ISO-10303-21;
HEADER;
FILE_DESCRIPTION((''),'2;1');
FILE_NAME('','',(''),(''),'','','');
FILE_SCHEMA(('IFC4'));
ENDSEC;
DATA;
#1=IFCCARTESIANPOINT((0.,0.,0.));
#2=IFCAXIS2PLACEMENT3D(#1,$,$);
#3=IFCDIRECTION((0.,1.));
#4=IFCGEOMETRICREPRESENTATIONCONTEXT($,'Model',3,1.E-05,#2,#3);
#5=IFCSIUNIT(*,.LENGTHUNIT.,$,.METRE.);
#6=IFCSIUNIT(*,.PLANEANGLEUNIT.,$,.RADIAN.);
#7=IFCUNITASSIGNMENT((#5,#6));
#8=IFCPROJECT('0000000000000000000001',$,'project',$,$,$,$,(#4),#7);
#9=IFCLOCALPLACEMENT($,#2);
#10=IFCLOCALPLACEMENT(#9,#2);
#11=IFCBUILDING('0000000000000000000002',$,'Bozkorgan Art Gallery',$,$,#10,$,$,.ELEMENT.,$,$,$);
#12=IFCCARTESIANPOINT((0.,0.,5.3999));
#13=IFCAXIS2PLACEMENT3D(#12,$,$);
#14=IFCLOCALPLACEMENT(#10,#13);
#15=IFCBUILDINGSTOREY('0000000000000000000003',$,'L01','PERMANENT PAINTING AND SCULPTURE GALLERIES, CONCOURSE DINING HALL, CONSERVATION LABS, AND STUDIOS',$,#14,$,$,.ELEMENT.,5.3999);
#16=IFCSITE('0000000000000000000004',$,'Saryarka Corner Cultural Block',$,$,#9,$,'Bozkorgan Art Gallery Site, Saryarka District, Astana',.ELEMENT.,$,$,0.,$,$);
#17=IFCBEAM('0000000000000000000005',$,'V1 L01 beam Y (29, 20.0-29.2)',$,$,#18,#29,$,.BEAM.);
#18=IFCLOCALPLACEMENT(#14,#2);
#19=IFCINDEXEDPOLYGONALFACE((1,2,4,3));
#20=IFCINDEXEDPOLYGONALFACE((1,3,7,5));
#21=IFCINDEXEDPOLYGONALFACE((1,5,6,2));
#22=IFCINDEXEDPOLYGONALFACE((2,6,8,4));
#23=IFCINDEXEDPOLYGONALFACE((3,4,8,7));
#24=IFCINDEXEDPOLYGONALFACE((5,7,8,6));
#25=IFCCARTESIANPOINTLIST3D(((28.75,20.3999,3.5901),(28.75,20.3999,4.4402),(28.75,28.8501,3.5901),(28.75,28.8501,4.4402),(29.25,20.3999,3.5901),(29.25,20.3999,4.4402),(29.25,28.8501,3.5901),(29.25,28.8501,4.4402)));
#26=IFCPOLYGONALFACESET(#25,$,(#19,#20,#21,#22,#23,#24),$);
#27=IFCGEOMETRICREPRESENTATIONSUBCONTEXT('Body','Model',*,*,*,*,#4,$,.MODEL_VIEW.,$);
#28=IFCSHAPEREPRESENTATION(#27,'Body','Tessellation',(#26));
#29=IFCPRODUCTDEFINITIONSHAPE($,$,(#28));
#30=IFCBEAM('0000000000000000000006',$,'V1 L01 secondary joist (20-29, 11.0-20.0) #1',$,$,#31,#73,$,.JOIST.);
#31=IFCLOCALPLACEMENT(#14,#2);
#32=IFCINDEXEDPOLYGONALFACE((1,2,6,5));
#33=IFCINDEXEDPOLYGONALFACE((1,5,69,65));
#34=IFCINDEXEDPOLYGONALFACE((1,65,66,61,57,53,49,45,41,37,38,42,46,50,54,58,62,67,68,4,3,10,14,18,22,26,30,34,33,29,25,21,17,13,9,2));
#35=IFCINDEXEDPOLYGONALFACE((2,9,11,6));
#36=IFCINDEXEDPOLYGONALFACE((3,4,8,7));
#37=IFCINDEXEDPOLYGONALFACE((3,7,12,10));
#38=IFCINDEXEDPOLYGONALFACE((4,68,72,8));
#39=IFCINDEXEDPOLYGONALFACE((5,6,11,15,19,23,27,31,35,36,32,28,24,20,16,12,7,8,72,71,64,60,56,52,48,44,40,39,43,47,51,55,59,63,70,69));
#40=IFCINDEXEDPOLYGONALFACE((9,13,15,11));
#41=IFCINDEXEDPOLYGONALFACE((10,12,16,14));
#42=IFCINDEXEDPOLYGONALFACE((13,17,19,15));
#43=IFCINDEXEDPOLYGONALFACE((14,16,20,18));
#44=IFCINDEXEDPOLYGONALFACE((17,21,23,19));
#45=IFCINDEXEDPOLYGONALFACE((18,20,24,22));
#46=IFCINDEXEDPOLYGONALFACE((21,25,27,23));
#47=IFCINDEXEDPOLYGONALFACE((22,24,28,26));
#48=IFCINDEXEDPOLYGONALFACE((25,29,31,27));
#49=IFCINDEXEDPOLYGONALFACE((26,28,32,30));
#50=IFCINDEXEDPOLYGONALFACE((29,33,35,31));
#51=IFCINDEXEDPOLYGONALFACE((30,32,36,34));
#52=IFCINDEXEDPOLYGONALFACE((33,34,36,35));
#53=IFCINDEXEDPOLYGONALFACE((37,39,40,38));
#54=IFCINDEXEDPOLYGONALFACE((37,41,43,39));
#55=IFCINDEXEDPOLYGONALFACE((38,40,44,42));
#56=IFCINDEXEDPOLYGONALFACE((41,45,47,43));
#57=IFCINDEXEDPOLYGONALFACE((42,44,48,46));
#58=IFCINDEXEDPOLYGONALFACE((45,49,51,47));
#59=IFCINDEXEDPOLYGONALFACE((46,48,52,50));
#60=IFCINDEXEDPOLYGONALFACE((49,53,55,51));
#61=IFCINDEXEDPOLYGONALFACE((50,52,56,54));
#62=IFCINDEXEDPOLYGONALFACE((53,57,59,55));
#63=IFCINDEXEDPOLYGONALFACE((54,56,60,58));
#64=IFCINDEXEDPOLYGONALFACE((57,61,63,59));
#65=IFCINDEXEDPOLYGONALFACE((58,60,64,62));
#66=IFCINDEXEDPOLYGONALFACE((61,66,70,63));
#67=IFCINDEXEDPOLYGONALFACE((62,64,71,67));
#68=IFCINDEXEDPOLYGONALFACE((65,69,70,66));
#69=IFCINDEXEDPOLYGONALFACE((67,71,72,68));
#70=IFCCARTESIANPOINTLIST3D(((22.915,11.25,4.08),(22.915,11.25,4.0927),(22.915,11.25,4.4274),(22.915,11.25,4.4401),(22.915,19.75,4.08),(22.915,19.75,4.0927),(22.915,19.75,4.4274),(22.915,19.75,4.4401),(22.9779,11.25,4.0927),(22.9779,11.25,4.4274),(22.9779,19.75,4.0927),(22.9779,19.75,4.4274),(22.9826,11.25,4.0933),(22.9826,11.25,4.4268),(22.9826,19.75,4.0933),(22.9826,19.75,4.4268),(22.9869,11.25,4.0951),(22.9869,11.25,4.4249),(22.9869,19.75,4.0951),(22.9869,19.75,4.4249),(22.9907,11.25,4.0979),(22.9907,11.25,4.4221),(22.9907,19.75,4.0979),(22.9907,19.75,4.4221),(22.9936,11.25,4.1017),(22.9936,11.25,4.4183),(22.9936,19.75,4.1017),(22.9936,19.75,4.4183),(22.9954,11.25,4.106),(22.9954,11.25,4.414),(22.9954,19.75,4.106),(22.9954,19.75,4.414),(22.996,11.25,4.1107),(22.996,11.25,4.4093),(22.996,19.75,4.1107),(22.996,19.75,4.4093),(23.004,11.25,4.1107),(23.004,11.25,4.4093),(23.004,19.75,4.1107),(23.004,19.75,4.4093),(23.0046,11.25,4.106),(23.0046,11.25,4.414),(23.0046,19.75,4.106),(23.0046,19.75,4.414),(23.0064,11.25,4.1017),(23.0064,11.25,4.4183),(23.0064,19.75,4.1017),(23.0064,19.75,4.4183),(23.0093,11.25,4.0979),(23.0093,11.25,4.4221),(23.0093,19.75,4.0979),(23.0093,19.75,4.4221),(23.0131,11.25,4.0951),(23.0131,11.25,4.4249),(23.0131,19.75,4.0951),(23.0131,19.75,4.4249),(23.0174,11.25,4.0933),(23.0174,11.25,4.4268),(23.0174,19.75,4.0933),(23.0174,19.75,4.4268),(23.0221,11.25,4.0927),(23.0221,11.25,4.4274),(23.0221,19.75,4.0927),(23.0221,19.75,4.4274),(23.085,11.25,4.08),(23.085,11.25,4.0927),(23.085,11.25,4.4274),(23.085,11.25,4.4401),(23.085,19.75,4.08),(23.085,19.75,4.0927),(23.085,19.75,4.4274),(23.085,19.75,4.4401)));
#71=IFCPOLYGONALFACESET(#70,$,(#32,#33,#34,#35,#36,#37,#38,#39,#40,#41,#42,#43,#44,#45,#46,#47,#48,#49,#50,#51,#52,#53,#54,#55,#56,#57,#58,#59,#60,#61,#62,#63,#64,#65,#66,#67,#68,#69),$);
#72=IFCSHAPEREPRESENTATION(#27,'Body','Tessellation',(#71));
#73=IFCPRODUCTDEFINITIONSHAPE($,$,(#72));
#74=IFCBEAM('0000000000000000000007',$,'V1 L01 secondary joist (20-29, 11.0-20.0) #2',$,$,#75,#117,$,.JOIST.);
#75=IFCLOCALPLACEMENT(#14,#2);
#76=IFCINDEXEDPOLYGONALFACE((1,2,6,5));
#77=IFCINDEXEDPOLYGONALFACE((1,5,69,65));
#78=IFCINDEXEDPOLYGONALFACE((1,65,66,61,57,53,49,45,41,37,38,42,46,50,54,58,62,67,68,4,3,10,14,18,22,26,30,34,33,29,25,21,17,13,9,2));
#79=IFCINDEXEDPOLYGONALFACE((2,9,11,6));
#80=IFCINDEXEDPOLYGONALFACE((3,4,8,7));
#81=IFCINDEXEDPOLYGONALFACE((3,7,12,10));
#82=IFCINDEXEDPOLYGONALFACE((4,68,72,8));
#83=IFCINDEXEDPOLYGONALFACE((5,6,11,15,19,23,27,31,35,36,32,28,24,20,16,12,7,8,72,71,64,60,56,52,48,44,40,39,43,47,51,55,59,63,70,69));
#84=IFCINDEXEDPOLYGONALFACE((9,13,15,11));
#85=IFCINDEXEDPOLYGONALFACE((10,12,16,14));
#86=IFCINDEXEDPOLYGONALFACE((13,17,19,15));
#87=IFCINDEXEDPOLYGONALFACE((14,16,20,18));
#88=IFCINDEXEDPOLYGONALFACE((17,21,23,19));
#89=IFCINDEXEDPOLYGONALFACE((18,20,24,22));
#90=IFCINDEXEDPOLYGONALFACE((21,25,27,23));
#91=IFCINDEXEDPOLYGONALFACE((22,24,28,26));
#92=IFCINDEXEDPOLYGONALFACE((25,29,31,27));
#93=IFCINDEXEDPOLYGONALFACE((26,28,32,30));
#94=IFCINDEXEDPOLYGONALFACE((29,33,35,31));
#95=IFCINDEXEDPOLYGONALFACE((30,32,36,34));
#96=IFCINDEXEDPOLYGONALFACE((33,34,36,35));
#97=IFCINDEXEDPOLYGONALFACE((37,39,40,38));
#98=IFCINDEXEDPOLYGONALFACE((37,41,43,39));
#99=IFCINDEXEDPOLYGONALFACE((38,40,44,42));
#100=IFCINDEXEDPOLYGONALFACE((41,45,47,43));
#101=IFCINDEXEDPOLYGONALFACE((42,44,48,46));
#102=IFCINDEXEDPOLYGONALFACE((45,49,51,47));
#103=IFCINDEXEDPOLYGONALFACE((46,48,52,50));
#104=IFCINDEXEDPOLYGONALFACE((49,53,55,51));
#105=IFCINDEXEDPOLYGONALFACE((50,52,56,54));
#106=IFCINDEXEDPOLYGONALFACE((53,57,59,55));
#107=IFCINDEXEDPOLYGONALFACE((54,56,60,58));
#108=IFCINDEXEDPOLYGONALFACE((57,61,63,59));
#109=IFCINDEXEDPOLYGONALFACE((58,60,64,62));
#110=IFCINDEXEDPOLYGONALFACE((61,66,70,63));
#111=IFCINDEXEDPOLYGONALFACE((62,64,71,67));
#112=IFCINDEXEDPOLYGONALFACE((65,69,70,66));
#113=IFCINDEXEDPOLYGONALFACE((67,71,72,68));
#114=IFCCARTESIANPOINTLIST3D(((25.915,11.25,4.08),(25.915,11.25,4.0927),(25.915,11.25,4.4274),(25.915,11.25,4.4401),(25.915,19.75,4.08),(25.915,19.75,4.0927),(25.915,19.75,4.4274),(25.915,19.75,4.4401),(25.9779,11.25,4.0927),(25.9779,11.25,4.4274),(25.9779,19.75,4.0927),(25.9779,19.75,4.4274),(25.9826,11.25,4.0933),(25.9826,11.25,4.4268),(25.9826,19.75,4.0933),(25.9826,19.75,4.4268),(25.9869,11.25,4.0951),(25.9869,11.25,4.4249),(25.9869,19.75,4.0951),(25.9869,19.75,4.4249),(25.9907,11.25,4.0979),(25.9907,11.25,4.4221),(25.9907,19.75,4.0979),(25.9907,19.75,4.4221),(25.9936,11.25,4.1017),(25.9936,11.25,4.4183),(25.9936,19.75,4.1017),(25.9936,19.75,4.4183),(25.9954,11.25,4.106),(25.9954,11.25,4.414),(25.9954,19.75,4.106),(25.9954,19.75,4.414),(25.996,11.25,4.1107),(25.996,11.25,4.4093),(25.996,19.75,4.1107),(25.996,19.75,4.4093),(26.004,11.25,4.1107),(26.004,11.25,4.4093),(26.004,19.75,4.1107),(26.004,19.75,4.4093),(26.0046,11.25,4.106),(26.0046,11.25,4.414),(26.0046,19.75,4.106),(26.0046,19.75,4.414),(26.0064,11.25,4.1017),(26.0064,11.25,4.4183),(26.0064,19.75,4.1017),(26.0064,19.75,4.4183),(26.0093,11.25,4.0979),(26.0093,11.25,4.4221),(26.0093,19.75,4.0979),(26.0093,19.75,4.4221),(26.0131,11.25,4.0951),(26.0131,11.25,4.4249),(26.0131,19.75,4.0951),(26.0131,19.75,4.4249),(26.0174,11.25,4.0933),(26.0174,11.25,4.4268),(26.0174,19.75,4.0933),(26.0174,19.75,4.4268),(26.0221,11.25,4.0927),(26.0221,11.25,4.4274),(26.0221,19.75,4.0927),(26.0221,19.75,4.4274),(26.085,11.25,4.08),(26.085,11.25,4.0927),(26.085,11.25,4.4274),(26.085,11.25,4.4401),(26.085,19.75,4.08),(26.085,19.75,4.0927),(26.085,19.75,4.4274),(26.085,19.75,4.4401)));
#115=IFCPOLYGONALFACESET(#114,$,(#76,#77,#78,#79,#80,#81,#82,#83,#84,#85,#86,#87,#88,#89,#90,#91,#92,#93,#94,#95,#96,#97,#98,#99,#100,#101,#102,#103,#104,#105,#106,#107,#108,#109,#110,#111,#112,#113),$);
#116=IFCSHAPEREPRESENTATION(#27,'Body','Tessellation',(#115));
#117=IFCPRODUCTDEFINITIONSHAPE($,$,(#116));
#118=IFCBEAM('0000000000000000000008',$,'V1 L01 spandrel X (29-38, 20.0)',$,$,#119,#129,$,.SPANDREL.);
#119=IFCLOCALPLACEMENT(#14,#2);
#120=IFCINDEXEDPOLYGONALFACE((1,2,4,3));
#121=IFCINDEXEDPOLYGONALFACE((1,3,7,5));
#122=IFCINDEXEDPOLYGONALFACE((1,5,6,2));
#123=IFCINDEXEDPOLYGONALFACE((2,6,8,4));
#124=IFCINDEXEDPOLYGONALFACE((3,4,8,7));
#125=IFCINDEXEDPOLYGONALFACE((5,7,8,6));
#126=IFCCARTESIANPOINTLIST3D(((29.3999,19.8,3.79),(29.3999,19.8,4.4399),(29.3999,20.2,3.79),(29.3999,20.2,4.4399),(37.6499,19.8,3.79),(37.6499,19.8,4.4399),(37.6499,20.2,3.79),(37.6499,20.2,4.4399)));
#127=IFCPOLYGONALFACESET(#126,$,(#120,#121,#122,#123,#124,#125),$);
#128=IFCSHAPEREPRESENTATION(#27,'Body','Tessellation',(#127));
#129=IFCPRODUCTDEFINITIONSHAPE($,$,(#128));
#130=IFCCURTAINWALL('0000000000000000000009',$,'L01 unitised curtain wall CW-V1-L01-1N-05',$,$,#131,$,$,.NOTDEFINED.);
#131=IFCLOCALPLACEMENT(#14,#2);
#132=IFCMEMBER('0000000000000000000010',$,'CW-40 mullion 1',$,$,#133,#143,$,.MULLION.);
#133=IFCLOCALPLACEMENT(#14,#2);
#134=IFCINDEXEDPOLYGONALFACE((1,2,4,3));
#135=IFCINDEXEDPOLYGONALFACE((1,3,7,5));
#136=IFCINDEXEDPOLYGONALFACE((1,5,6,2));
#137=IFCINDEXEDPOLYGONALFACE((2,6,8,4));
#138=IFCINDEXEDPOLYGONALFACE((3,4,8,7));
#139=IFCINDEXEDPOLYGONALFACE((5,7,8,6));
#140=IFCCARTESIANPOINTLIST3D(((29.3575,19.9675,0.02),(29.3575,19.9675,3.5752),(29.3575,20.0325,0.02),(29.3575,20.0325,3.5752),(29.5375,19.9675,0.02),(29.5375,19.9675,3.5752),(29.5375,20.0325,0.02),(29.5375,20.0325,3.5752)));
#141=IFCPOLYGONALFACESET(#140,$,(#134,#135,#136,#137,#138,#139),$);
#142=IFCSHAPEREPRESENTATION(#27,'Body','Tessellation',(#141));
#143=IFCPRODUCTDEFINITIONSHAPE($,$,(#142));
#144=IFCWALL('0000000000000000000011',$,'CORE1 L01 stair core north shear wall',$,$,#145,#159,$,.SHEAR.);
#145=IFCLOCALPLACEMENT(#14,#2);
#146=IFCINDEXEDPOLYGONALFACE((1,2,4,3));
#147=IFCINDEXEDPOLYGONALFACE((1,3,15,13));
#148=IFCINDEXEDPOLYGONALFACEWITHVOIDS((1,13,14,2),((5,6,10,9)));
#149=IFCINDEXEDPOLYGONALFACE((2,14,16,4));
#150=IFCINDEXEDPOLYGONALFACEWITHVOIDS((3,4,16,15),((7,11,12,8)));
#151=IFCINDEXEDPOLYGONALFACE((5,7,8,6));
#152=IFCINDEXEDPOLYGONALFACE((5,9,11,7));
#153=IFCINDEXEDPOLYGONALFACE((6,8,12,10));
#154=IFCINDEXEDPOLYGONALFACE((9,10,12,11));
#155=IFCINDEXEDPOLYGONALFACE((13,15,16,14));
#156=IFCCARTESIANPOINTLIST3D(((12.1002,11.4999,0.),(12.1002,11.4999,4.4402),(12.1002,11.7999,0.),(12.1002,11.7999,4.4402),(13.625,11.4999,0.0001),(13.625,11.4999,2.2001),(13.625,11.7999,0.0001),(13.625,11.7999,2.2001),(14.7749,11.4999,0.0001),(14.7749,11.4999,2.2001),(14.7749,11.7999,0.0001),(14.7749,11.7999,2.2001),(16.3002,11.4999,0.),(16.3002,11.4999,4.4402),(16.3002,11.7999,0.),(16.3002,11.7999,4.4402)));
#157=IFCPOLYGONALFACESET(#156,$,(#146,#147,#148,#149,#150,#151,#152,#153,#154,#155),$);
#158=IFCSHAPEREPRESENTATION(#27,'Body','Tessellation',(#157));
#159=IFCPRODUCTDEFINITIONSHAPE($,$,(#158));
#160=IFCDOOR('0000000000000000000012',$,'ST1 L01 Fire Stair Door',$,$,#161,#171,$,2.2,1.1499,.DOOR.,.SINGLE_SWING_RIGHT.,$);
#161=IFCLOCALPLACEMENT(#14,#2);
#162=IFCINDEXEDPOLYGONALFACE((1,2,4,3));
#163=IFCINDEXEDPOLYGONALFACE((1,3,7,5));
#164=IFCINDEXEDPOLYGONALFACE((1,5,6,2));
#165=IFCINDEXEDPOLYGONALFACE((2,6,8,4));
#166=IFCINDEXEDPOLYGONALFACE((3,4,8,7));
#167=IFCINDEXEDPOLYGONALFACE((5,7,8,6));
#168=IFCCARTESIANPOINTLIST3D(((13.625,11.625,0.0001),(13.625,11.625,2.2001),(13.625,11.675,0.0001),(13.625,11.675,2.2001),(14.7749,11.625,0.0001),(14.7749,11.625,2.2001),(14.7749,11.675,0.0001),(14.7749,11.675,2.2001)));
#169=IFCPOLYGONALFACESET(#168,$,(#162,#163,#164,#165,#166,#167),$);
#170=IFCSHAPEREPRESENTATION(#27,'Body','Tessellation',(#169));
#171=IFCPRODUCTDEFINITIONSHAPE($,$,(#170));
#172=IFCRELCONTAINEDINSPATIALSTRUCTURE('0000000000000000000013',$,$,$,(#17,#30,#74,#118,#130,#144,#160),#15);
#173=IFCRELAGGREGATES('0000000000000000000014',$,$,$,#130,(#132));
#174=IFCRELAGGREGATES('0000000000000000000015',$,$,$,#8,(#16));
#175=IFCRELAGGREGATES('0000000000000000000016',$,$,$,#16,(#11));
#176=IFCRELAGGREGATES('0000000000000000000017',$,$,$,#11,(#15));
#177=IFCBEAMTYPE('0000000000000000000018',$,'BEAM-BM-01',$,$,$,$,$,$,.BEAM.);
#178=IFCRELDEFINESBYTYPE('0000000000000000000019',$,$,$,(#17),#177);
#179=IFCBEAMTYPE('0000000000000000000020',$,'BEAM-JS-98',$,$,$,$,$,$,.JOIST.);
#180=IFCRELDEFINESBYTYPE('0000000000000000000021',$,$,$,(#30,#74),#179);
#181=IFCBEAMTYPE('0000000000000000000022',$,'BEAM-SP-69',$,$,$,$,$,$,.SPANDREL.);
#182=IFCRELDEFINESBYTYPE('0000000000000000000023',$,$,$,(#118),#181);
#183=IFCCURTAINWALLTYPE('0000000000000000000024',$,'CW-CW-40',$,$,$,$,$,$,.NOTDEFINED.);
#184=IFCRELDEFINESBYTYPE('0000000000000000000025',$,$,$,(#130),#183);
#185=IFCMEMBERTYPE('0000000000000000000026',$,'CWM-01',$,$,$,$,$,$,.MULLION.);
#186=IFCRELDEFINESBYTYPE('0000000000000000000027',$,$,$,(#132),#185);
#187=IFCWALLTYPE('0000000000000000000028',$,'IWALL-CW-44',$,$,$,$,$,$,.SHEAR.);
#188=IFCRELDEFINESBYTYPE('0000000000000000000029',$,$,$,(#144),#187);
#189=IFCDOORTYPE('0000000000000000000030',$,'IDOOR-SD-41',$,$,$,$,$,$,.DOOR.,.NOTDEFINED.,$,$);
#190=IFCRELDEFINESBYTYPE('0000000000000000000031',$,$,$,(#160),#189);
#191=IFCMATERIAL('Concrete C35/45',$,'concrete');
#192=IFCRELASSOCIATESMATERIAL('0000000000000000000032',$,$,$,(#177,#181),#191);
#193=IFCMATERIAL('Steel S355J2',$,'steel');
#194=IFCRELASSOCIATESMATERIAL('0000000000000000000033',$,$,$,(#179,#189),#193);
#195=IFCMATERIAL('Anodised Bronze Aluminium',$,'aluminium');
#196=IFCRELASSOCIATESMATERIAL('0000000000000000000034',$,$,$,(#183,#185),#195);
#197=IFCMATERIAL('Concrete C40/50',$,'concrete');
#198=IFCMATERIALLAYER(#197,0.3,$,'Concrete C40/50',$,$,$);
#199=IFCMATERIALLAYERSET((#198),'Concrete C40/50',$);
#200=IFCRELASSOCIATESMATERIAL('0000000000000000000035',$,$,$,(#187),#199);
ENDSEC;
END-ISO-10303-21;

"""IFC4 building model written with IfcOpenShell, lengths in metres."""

from ifc_helpers import new_model, si_unit, direction, frame, frame_2d, origin, origin_2d, place, context, subcontext, project, spatial, rectangle, i_section, extrude, material, layer, layer_set, material_profile, profile_set, type_object, element, fill, aggregate, save


model = new_model("IFC4")

# Units and contexts
model_context = context("Model", 3, precision=1e-05, world=origin(), true_north=direction((0.0, 1.0)))
body_context = subcontext(model_context, "Body", "Model", "MODEL_VIEW")
ifc_project = project(units=[si_unit("LENGTHUNIT", "METRE"), si_unit("PLANEANGLEUNIT", "RADIAN")], contexts=[model_context])

# Site, building, storey
site_placement = place(None, origin())
site = spatial("IfcSite", under=ifc_project, at=site_placement, Name="Saryarka Corner Cultural Block", LongName="Bozkorgan Art Gallery Site, Saryarka District, Astana", CompositionType="ELEMENT", RefElevation=0.0)
building_placement = place(site_placement, origin())
building = spatial("IfcBuilding", under=site, at=building_placement, Name="Bozkorgan Art Gallery", CompositionType="ELEMENT")
storey_placement = place(building_placement, frame((0.0, 0.0, 5.3999)))
storey = spatial("IfcBuildingStorey", under=building, at=storey_placement, Name="L01", Description="PERMANENT PAINTING AND SCULPTURE GALLERIES, CONCOURSE DINING HALL, CONSERVATION LABS, AND STUDIOS", CompositionType="ELEMENT", Elevation=5.3999)

# Shared definitions
ifc_material_1 = material(Name="Concrete C40/50", Category="concrete")

# Beams
ifc_material_2 = material(Name="Concrete C35/45", Category="concrete")
ifc_material_profile_1 = material_profile(ifc_material_2, rectangle(XDim=0.5, YDim=0.8501, at=origin_2d()), Name="RC 500x850")
ifc_profile_set_1 = profile_set([ifc_material_profile_1], Name="Concrete C35/45")
beam_type_1 = type_object("IfcBeamType", Name="BEAM-BM-01", PredefinedType="BEAM", material=ifc_profile_set_1)
beam_1_placement = place(storey_placement, frame((29.0, 20.3999, 4.0151), z_axis=(0.0, 1.0, 0.0), x_axis=(-1.0, 0.0, 0.0)))
element("IfcBeam", 1, at=beam_1_placement, inside=storey, type_object=beam_type_1, Name="V1 L01 beam Y (29, 20.0-29.2)", PredefinedType="BEAM", context=body_context, shape_type="SweptSolid", body=[
    extrude(rectangle(XDim=0.5, YDim=0.8501, at=origin_2d()), origin(), (0.0, 0.0, 1.0), 8.4502),
])
ifc_material_3 = material(Name="Steel S355J2", Category="steel")
ifc_material_profile_2 = material_profile(ifc_material_3, i_section(OverallWidth=0.1699, OverallDepth=0.3601, WebThickness=0.0081, FlangeThickness=0.0127, FilletRadius=0.0181, at=origin_2d()), Name="IPE 360")
ifc_profile_set_2 = profile_set([ifc_material_profile_2], Name="Steel S355J2")
beam_type_2 = type_object("IfcBeamType", Name="BEAM-JS-98", PredefinedType="JOIST", material=ifc_profile_set_2)
for number, where, z_axis, x_axis, name in (
    (2, (23.0, 11.25, 4.26), (0.0, 1.0, 0.0), (-1.0, 0.0, 0.0), "V1 L01 secondary joist (20-29, 11.0-20.0) #1"),
    (3, (26.0, 11.25, 4.26), (0.0, 1.0, 0.0), (-1.0, 0.0, 0.0), "V1 L01 secondary joist (20-29, 11.0-20.0) #2"),
):
    element("IfcBeam", number, at=place(storey_placement, frame(where, z_axis=z_axis, x_axis=x_axis)), inside=storey, type_object=beam_type_2, Name=name, PredefinedType="JOIST", context=body_context, shape_type="SweptSolid", body=[
        extrude(i_section(OverallWidth=0.1699, OverallDepth=0.3601, WebThickness=0.0081, FlangeThickness=0.0127, FilletRadius=0.0181, at=origin_2d()), origin(), (0.0, 0.0, 1.0), 8.5),
    ])
ifc_material_profile_3 = material_profile(ifc_material_2, rectangle(XDim=0.3999, YDim=0.6499, at=origin_2d()), Name="RC 400x650")
ifc_profile_set_3 = profile_set([ifc_material_profile_3], Name="Concrete C35/45")
beam_type_3 = type_object("IfcBeamType", Name="BEAM-SP-69", PredefinedType="SPANDREL", material=ifc_profile_set_3)
beam_2_placement = place(storey_placement, frame((29.3999, 20.0, 4.115), z_axis=(1.0, 0.0, 0.0), x_axis=(0.0, 1.0, 0.0)))
element("IfcBeam", 4, at=beam_2_placement, inside=storey, type_object=beam_type_3, Name="V1 L01 spandrel X (29-38, 20.0)", PredefinedType="SPANDREL", context=body_context, shape_type="SweptSolid", body=[
    extrude(rectangle(XDim=0.3999, YDim=0.6499, at=origin_2d()), origin(), (0.0, 0.0, 1.0), 8.25),
])

# Curtain wall, member
ifc_material_4 = material(Name="Anodised Bronze Aluminium", Category="aluminium")
curtain_wall_type = type_object("IfcCurtainWallType", Name="CW-CW-40", PredefinedType="NOTDEFINED", material=ifc_material_4)
curtain_wall_placement = place(storey_placement, origin())
curtain_wall = element("IfcCurtainWall", 5, at=curtain_wall_placement, inside=storey, type_object=curtain_wall_type, Name="L01 unitised curtain wall CW-V1-L01-1N-05", PredefinedType="NOTDEFINED")
ifc_material_profile_4 = material_profile(ifc_material_4, rectangle(XDim=0.0649, YDim=0.1799, at=origin_2d()), Name="ALU MULLION 65x180")
ifc_profile_set_4 = profile_set([ifc_material_profile_4], Name="Anodised Bronze Aluminium")
member_type = type_object("IfcMemberType", Name="CWM-01", PredefinedType="MULLION", material=ifc_profile_set_4)
member_placement = place(storey_placement, frame((29.4475, 20.0, 0.02), z_axis=(0.0, 0.0, 1.0), x_axis=(0.0, 1.0, 0.0)))
member = element("IfcMember", 6, at=member_placement, type_object=member_type, Name="CW-40 mullion 1", PredefinedType="MULLION", context=body_context, shape_type="SweptSolid", body=[
    extrude(rectangle(XDim=0.0649, YDim=0.1799, at=origin_2d()), origin(), (0.0, 0.0, 1.0), 3.5552),
])
aggregate(curtain_wall, [member])

# Wall, opening, door
ifc_layer_1 = layer(ifc_material_1, 0.3, Name="Concrete C40/50")
ifc_layer_set_1 = layer_set([ifc_layer_1], Name="Concrete C40/50")
wall_type_1 = type_object("IfcWallType", Name="IWALL-CW-44", PredefinedType="SHEAR", material=ifc_layer_set_1)
wall_1_placement = place(storey_placement, frame((12.1001, 11.6499, 0.0), z_axis=(0.0, 0.0, 1.0), x_axis=(1.0, 0.0, 0.0)))
wall_1 = element("IfcWall", 7, at=wall_1_placement, inside=storey, type_object=wall_type_1, Name="CORE1 L01 stair core north shear wall", PredefinedType="SHEAR", context=body_context, shape_type="SweptSolid", body=[
    extrude(rectangle(XDim=4.2, YDim=0.3, at=frame_2d((2.1001, 0.0))), origin(), (0.0, 0.0, 1.0), 4.4402),
])
opening_1_placement = place(wall_1_placement, frame((2.6748, 0.0, 0.0), z_axis=(0.0, 0.0, 1.0), x_axis=(-1.0, 0.0, 0.0)))
opening_1 = element("IfcOpeningElement", 8, at=opening_1_placement, cuts=wall_1, PredefinedType="OPENING", context=body_context, shape_type="SweptSolid", body=[
    extrude(rectangle(XDim=1.1499, YDim=2.2, at=frame_2d((0.575, 1.1001))), frame((0.0, 0.1602, 0.0), z_axis=(0.0, -1.0, 0.0), x_axis=(1.0, 0.0, 0.0)), (0.0, 0.0, 1.0), 0.3201),
])
door_type_1 = type_object("IfcDoorType", Name="IDOOR-SD-41", OperationType="NOTDEFINED", PredefinedType="DOOR", material=ifc_material_3)
door_1_placement = place(opening_1_placement, origin())
door_1 = element("IfcDoor", 9, at=door_1_placement, inside=storey, type_object=door_type_1, Name="ST1 L01 Fire Stair Door", OperationType="SINGLE_SWING_RIGHT", OverallHeight=2.2, OverallWidth=1.1499, PredefinedType="DOOR", context=body_context, shape_type="SweptSolid", body=[
    extrude(rectangle(XDim=1.1499, YDim=2.2, at=frame_2d((0.575, 1.1001))), frame((0.0, 0.0249, 0.0), z_axis=(0.0, -1.0, 0.0), x_axis=(1.0, 0.0, 0.0)), (0.0, 0.0, 1.0), 0.05),
])
fill(opening_1, door_1)

save(model, "model.ifc")
